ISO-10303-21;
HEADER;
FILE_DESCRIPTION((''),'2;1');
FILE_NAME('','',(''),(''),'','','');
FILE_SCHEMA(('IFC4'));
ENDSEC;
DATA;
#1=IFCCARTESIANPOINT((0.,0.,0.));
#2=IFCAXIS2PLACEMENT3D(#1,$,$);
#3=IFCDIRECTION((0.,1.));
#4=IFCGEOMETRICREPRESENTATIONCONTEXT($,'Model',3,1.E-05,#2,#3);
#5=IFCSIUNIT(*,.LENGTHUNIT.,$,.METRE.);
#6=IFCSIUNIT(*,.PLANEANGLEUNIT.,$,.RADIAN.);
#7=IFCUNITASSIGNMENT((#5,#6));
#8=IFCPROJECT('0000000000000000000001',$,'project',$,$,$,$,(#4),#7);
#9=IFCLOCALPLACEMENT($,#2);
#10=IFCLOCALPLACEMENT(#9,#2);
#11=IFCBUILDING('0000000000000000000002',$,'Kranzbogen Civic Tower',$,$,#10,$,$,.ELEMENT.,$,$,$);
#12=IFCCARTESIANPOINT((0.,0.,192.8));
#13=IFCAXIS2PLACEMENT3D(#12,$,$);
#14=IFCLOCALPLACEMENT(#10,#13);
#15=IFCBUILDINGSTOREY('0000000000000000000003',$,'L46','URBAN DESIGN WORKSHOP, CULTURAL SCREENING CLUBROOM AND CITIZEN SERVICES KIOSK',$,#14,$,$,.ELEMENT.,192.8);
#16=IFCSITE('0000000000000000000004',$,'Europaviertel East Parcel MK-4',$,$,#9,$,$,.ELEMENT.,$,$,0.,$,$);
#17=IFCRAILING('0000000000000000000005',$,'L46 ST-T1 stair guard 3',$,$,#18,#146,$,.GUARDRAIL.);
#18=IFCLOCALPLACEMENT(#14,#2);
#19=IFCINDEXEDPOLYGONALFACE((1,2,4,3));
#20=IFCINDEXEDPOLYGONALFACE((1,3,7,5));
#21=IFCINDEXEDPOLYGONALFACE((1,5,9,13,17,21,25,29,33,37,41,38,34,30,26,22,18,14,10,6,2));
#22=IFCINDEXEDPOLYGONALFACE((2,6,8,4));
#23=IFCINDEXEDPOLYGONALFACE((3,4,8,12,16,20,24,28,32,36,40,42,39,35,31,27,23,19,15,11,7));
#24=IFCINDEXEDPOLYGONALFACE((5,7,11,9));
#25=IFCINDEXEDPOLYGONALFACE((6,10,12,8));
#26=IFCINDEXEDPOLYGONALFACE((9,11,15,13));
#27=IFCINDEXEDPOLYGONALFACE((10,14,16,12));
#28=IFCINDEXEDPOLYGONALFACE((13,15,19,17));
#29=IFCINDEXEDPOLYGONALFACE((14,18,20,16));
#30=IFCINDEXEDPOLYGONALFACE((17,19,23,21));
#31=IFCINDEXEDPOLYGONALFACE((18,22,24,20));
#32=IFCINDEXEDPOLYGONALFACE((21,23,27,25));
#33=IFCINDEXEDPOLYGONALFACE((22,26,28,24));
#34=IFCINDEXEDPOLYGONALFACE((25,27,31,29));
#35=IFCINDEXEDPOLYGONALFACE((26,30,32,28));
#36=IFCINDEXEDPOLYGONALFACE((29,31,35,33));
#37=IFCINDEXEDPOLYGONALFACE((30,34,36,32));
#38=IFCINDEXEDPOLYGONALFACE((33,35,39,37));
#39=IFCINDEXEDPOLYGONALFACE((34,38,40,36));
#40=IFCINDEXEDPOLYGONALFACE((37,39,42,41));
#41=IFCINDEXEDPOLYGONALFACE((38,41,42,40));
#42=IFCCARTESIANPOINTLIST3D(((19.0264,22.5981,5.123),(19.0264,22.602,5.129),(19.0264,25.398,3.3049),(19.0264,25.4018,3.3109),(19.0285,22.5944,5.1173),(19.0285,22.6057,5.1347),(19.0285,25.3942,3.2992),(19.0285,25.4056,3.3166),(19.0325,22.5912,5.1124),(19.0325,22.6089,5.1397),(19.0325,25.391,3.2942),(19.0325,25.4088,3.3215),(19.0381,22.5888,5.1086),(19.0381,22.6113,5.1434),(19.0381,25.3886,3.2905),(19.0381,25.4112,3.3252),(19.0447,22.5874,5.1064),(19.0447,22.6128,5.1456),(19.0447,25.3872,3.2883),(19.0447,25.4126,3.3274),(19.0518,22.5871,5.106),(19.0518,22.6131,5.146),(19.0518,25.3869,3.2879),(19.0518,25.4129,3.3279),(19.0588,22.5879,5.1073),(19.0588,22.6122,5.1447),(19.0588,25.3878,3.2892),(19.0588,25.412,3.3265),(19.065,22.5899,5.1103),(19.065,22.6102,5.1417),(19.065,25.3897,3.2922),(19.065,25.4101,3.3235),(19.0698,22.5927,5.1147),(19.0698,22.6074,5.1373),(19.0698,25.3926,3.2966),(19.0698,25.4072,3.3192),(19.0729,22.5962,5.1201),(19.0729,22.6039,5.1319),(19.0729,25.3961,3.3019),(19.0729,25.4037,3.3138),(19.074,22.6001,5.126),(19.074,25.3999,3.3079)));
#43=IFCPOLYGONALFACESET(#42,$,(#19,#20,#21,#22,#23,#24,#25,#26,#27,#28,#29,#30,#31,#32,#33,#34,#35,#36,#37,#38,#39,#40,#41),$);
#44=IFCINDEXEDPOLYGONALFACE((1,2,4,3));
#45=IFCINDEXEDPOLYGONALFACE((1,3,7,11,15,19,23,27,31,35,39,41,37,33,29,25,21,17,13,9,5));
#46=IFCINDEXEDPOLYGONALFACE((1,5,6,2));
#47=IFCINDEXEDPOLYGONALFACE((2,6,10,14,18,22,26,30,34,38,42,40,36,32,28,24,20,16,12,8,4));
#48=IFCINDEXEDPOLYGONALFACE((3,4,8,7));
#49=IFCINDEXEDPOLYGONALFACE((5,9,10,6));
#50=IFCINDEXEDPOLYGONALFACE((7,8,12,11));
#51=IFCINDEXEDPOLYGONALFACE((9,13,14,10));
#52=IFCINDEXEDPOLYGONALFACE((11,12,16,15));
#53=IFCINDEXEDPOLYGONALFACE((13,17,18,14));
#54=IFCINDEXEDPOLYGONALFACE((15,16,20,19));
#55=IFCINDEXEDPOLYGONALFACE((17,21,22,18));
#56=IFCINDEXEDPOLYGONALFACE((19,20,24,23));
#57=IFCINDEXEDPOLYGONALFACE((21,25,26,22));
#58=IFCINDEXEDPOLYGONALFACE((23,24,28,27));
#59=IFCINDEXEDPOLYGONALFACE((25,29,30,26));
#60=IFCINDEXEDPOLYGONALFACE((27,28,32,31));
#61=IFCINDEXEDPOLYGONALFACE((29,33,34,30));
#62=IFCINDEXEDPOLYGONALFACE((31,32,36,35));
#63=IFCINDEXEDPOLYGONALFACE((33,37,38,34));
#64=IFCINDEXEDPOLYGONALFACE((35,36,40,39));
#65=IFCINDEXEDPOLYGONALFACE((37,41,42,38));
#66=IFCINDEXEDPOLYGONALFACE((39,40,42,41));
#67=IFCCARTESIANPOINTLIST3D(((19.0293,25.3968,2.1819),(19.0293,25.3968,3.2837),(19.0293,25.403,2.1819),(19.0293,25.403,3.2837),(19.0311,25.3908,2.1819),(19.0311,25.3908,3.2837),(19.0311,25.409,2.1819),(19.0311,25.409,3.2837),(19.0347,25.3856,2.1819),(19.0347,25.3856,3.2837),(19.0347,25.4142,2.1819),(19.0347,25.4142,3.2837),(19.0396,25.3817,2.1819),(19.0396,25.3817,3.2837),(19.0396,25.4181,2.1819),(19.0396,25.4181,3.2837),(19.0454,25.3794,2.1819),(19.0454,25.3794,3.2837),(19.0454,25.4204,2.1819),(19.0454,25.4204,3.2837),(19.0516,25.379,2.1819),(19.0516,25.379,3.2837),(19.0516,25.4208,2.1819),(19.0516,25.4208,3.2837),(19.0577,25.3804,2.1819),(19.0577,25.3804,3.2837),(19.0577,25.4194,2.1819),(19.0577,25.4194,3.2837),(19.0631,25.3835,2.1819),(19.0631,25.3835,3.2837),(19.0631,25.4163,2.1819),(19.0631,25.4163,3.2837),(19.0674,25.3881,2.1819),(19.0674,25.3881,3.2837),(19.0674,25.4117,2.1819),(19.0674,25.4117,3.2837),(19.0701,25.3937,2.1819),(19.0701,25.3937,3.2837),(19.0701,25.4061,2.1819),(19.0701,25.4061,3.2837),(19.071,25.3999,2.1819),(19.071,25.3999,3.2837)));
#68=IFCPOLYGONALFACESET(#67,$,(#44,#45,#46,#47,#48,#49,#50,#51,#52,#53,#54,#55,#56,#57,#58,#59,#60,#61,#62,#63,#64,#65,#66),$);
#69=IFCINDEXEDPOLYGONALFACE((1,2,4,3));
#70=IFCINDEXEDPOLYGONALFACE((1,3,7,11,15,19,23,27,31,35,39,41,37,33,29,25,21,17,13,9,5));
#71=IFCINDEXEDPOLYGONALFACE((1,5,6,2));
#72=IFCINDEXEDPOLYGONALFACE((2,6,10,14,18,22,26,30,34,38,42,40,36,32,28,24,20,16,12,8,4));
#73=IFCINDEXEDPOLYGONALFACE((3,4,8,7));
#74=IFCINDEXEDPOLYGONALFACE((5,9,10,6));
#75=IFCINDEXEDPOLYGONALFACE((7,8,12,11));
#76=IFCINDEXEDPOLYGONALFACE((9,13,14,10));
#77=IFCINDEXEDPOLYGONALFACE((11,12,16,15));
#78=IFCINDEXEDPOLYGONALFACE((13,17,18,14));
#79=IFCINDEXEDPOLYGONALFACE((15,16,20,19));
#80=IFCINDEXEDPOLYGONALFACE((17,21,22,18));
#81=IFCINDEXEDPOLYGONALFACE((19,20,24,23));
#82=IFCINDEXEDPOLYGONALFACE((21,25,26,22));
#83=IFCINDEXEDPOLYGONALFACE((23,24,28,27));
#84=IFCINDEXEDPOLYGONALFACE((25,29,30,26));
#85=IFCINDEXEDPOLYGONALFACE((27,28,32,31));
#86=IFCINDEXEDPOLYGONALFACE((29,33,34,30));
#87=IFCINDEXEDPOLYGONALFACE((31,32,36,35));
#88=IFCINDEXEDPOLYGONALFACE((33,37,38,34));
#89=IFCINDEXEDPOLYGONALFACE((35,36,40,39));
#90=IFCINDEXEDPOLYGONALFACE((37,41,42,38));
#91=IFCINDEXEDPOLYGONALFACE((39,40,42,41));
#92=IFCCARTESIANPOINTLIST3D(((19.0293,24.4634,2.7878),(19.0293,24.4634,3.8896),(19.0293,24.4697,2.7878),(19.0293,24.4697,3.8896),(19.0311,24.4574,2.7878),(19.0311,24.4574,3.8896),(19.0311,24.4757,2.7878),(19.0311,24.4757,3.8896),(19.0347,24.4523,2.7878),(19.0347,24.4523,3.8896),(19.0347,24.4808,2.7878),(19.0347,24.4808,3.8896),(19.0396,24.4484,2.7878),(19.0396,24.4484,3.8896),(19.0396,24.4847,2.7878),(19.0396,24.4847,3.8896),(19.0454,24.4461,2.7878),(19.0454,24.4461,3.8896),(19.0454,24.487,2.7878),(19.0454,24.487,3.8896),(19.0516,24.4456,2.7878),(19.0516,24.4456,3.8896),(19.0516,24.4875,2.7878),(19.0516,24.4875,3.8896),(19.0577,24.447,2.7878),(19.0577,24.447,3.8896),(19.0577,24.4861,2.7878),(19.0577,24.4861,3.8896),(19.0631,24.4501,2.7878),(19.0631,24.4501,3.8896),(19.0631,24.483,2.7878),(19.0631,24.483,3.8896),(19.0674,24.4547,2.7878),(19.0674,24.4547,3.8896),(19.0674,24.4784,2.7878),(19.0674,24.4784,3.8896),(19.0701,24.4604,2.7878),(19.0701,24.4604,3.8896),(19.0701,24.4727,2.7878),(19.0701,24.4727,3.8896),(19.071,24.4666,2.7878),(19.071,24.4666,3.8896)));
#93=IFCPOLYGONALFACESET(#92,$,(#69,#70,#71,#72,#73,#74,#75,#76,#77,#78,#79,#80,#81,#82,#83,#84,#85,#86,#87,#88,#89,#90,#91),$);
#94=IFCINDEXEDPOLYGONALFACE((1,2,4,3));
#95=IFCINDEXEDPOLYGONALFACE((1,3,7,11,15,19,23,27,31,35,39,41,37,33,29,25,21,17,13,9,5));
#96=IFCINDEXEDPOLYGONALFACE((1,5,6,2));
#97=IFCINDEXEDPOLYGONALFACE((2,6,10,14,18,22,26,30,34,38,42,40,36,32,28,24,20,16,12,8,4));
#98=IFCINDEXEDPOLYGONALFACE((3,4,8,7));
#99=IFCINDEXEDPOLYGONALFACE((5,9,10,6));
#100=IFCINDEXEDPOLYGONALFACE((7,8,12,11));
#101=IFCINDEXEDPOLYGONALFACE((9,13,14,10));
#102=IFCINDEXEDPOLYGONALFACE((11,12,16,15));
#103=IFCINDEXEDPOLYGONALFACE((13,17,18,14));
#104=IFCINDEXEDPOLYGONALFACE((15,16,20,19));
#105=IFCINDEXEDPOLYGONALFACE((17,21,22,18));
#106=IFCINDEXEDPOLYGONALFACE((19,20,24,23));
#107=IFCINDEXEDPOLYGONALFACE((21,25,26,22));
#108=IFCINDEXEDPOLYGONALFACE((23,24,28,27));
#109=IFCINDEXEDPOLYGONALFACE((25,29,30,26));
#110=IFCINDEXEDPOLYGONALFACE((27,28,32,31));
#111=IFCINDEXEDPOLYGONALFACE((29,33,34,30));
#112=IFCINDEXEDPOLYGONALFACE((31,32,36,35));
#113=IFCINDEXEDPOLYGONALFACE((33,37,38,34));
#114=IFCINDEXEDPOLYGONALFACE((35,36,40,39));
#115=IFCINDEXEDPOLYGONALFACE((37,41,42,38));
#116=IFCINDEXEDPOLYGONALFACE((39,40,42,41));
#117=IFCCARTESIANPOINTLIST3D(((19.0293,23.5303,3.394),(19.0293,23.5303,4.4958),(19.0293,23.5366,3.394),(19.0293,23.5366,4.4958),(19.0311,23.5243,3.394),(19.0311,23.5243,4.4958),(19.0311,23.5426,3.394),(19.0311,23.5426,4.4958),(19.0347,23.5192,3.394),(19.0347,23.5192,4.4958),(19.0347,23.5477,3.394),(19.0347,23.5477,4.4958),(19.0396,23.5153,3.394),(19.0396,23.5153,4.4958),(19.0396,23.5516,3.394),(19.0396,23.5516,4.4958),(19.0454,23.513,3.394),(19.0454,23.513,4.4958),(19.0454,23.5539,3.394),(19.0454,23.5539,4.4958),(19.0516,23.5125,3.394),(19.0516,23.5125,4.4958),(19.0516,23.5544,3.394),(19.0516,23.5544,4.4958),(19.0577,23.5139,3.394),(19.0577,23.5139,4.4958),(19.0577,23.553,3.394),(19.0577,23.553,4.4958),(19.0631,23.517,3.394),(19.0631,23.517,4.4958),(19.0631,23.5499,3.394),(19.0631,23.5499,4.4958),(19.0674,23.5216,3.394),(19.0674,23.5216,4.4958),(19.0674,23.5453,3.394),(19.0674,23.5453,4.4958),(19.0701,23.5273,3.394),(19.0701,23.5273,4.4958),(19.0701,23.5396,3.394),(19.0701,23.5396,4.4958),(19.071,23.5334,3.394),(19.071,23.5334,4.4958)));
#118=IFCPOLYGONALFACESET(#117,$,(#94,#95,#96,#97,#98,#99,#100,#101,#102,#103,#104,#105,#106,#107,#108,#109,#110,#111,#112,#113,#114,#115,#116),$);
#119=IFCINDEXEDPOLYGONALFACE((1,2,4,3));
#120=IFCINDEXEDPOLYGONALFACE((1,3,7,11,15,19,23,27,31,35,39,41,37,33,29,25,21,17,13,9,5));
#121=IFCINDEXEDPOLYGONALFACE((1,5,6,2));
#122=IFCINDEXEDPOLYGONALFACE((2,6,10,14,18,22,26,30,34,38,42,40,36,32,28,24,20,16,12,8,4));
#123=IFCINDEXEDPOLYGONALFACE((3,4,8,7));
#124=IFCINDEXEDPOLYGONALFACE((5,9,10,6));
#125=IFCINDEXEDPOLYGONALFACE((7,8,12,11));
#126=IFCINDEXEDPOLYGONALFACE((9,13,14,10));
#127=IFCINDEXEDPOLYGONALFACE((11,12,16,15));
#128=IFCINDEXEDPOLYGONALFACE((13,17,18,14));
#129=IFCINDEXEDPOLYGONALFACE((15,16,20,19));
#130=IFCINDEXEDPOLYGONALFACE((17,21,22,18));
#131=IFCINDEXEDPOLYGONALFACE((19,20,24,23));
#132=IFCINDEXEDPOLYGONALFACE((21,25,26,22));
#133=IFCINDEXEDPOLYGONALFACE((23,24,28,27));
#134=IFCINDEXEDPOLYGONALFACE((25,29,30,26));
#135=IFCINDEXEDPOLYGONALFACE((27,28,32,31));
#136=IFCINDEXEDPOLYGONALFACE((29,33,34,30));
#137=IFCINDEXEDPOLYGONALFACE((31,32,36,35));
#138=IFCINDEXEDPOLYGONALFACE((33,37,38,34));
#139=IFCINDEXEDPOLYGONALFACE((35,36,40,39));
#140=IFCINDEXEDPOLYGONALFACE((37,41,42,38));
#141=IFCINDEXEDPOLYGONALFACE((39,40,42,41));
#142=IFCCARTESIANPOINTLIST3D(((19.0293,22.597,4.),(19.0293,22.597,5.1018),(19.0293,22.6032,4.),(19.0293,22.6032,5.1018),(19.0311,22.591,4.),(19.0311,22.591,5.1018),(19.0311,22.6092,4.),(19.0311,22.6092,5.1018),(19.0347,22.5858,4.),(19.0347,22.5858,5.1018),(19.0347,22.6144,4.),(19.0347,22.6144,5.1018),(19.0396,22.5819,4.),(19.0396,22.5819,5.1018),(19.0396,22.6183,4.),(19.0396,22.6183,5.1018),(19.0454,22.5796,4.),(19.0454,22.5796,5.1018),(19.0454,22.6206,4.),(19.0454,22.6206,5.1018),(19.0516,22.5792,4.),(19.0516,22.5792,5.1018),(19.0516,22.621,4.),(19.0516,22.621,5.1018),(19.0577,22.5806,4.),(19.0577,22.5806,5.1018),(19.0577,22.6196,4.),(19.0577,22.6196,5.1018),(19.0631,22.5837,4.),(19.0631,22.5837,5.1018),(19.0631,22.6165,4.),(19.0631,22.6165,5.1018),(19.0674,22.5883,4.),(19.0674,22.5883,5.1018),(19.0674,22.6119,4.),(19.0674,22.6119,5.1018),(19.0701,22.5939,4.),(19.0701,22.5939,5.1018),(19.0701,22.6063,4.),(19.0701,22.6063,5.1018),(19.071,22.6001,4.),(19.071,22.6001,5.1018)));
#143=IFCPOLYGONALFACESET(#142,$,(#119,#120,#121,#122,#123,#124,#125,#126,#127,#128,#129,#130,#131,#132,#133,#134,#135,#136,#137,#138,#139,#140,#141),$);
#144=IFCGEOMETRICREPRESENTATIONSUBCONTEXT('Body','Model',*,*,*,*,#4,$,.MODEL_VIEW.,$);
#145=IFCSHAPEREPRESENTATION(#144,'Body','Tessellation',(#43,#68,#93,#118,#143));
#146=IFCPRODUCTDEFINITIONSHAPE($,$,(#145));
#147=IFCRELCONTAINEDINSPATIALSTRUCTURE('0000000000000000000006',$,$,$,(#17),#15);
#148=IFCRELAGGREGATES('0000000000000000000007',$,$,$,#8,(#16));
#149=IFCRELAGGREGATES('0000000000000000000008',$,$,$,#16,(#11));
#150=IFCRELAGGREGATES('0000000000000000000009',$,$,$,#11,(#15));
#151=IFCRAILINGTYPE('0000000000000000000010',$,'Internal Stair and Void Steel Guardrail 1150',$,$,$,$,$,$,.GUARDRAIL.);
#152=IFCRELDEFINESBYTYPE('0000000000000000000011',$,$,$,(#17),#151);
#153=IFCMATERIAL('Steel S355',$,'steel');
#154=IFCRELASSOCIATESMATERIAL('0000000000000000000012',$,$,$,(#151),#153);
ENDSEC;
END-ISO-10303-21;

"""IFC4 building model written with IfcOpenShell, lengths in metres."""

from ifc_helpers import new_model, si_unit, direction, frame, origin, origin_2d, place, context, subcontext, project, spatial, circle, extrude, material, type_object, element, save


model = new_model("IFC4")

# Units and contexts
model_context = context("Model", 3, precision=1e-05, world=origin(), true_north=direction((0.0, 1.0)))
body_context = subcontext(model_context, "Body", "Model", "MODEL_VIEW")
ifc_project = project(units=[si_unit("LENGTHUNIT", "METRE"), si_unit("PLANEANGLEUNIT", "RADIAN")], contexts=[model_context])

# Site, building, storey
site_placement = place(None, origin())
site = spatial("IfcSite", under=ifc_project, at=site_placement, Name="Europaviertel East Parcel MK-4", CompositionType="ELEMENT", RefElevation=0.0)
building_placement = place(site_placement, origin())
building = spatial("IfcBuilding", under=site, at=building_placement, Name="Kranzbogen Civic Tower", CompositionType="ELEMENT")
storey_placement = place(building_placement, frame((0.0, 0.0, 192.8)))
storey = spatial("IfcBuildingStorey", under=building, at=storey_placement, Name="L46", Description="URBAN DESIGN WORKSHOP, CULTURAL SCREENING CLUBROOM AND CITIZEN SERVICES KIOSK", CompositionType="ELEMENT", Elevation=192.8)

# Shared definitions
ifc_material_1 = material(Name="Steel S355", Category="steel")

# Railing
railing_type_1 = type_object("IfcRailingType", Name="Internal Stair and Void Steel Guardrail 1150", PredefinedType="GUARDRAIL", material=ifc_material_1)
railing_1_placement = place(storey_placement, frame((19.05, 25.3999, 2.1819)))
element("IfcRailing", 1, at=railing_1_placement, inside=storey, type_object=railing_type_1, Name="L46 ST-T1 stair guard 3", PredefinedType="GUARDRAIL", context=body_context, shape_type="SweptSolid", body=[
    extrude(circle(Radius=0.0239, at=origin_2d()), frame((0.0, 0.0, 1.126), z_axis=(0.0, -0.838684, 0.544618), x_axis=(1.0, 0.0, 0.0)), (0.0, 0.0, 1.0), 3.3384),
    extrude(circle(Radius=0.021, at=origin_2d()), origin(), (0.0, 0.0, 1.0), 1.1018),
    extrude(circle(Radius=0.021, at=origin_2d()), frame((0.0, -0.9333, 0.606)), (0.0, 0.0, 1.0), 1.1018),
    extrude(circle(Radius=0.021, at=origin_2d()), frame((0.0, -1.8665, 1.2122)), (0.0, 0.0, 1.0), 1.1018),
    extrude(circle(Radius=0.021, at=origin_2d()), frame((0.0, -2.7998, 1.8181)), (0.0, 0.0, 1.0), 1.1018),
])

save(model, "model.ifc")
